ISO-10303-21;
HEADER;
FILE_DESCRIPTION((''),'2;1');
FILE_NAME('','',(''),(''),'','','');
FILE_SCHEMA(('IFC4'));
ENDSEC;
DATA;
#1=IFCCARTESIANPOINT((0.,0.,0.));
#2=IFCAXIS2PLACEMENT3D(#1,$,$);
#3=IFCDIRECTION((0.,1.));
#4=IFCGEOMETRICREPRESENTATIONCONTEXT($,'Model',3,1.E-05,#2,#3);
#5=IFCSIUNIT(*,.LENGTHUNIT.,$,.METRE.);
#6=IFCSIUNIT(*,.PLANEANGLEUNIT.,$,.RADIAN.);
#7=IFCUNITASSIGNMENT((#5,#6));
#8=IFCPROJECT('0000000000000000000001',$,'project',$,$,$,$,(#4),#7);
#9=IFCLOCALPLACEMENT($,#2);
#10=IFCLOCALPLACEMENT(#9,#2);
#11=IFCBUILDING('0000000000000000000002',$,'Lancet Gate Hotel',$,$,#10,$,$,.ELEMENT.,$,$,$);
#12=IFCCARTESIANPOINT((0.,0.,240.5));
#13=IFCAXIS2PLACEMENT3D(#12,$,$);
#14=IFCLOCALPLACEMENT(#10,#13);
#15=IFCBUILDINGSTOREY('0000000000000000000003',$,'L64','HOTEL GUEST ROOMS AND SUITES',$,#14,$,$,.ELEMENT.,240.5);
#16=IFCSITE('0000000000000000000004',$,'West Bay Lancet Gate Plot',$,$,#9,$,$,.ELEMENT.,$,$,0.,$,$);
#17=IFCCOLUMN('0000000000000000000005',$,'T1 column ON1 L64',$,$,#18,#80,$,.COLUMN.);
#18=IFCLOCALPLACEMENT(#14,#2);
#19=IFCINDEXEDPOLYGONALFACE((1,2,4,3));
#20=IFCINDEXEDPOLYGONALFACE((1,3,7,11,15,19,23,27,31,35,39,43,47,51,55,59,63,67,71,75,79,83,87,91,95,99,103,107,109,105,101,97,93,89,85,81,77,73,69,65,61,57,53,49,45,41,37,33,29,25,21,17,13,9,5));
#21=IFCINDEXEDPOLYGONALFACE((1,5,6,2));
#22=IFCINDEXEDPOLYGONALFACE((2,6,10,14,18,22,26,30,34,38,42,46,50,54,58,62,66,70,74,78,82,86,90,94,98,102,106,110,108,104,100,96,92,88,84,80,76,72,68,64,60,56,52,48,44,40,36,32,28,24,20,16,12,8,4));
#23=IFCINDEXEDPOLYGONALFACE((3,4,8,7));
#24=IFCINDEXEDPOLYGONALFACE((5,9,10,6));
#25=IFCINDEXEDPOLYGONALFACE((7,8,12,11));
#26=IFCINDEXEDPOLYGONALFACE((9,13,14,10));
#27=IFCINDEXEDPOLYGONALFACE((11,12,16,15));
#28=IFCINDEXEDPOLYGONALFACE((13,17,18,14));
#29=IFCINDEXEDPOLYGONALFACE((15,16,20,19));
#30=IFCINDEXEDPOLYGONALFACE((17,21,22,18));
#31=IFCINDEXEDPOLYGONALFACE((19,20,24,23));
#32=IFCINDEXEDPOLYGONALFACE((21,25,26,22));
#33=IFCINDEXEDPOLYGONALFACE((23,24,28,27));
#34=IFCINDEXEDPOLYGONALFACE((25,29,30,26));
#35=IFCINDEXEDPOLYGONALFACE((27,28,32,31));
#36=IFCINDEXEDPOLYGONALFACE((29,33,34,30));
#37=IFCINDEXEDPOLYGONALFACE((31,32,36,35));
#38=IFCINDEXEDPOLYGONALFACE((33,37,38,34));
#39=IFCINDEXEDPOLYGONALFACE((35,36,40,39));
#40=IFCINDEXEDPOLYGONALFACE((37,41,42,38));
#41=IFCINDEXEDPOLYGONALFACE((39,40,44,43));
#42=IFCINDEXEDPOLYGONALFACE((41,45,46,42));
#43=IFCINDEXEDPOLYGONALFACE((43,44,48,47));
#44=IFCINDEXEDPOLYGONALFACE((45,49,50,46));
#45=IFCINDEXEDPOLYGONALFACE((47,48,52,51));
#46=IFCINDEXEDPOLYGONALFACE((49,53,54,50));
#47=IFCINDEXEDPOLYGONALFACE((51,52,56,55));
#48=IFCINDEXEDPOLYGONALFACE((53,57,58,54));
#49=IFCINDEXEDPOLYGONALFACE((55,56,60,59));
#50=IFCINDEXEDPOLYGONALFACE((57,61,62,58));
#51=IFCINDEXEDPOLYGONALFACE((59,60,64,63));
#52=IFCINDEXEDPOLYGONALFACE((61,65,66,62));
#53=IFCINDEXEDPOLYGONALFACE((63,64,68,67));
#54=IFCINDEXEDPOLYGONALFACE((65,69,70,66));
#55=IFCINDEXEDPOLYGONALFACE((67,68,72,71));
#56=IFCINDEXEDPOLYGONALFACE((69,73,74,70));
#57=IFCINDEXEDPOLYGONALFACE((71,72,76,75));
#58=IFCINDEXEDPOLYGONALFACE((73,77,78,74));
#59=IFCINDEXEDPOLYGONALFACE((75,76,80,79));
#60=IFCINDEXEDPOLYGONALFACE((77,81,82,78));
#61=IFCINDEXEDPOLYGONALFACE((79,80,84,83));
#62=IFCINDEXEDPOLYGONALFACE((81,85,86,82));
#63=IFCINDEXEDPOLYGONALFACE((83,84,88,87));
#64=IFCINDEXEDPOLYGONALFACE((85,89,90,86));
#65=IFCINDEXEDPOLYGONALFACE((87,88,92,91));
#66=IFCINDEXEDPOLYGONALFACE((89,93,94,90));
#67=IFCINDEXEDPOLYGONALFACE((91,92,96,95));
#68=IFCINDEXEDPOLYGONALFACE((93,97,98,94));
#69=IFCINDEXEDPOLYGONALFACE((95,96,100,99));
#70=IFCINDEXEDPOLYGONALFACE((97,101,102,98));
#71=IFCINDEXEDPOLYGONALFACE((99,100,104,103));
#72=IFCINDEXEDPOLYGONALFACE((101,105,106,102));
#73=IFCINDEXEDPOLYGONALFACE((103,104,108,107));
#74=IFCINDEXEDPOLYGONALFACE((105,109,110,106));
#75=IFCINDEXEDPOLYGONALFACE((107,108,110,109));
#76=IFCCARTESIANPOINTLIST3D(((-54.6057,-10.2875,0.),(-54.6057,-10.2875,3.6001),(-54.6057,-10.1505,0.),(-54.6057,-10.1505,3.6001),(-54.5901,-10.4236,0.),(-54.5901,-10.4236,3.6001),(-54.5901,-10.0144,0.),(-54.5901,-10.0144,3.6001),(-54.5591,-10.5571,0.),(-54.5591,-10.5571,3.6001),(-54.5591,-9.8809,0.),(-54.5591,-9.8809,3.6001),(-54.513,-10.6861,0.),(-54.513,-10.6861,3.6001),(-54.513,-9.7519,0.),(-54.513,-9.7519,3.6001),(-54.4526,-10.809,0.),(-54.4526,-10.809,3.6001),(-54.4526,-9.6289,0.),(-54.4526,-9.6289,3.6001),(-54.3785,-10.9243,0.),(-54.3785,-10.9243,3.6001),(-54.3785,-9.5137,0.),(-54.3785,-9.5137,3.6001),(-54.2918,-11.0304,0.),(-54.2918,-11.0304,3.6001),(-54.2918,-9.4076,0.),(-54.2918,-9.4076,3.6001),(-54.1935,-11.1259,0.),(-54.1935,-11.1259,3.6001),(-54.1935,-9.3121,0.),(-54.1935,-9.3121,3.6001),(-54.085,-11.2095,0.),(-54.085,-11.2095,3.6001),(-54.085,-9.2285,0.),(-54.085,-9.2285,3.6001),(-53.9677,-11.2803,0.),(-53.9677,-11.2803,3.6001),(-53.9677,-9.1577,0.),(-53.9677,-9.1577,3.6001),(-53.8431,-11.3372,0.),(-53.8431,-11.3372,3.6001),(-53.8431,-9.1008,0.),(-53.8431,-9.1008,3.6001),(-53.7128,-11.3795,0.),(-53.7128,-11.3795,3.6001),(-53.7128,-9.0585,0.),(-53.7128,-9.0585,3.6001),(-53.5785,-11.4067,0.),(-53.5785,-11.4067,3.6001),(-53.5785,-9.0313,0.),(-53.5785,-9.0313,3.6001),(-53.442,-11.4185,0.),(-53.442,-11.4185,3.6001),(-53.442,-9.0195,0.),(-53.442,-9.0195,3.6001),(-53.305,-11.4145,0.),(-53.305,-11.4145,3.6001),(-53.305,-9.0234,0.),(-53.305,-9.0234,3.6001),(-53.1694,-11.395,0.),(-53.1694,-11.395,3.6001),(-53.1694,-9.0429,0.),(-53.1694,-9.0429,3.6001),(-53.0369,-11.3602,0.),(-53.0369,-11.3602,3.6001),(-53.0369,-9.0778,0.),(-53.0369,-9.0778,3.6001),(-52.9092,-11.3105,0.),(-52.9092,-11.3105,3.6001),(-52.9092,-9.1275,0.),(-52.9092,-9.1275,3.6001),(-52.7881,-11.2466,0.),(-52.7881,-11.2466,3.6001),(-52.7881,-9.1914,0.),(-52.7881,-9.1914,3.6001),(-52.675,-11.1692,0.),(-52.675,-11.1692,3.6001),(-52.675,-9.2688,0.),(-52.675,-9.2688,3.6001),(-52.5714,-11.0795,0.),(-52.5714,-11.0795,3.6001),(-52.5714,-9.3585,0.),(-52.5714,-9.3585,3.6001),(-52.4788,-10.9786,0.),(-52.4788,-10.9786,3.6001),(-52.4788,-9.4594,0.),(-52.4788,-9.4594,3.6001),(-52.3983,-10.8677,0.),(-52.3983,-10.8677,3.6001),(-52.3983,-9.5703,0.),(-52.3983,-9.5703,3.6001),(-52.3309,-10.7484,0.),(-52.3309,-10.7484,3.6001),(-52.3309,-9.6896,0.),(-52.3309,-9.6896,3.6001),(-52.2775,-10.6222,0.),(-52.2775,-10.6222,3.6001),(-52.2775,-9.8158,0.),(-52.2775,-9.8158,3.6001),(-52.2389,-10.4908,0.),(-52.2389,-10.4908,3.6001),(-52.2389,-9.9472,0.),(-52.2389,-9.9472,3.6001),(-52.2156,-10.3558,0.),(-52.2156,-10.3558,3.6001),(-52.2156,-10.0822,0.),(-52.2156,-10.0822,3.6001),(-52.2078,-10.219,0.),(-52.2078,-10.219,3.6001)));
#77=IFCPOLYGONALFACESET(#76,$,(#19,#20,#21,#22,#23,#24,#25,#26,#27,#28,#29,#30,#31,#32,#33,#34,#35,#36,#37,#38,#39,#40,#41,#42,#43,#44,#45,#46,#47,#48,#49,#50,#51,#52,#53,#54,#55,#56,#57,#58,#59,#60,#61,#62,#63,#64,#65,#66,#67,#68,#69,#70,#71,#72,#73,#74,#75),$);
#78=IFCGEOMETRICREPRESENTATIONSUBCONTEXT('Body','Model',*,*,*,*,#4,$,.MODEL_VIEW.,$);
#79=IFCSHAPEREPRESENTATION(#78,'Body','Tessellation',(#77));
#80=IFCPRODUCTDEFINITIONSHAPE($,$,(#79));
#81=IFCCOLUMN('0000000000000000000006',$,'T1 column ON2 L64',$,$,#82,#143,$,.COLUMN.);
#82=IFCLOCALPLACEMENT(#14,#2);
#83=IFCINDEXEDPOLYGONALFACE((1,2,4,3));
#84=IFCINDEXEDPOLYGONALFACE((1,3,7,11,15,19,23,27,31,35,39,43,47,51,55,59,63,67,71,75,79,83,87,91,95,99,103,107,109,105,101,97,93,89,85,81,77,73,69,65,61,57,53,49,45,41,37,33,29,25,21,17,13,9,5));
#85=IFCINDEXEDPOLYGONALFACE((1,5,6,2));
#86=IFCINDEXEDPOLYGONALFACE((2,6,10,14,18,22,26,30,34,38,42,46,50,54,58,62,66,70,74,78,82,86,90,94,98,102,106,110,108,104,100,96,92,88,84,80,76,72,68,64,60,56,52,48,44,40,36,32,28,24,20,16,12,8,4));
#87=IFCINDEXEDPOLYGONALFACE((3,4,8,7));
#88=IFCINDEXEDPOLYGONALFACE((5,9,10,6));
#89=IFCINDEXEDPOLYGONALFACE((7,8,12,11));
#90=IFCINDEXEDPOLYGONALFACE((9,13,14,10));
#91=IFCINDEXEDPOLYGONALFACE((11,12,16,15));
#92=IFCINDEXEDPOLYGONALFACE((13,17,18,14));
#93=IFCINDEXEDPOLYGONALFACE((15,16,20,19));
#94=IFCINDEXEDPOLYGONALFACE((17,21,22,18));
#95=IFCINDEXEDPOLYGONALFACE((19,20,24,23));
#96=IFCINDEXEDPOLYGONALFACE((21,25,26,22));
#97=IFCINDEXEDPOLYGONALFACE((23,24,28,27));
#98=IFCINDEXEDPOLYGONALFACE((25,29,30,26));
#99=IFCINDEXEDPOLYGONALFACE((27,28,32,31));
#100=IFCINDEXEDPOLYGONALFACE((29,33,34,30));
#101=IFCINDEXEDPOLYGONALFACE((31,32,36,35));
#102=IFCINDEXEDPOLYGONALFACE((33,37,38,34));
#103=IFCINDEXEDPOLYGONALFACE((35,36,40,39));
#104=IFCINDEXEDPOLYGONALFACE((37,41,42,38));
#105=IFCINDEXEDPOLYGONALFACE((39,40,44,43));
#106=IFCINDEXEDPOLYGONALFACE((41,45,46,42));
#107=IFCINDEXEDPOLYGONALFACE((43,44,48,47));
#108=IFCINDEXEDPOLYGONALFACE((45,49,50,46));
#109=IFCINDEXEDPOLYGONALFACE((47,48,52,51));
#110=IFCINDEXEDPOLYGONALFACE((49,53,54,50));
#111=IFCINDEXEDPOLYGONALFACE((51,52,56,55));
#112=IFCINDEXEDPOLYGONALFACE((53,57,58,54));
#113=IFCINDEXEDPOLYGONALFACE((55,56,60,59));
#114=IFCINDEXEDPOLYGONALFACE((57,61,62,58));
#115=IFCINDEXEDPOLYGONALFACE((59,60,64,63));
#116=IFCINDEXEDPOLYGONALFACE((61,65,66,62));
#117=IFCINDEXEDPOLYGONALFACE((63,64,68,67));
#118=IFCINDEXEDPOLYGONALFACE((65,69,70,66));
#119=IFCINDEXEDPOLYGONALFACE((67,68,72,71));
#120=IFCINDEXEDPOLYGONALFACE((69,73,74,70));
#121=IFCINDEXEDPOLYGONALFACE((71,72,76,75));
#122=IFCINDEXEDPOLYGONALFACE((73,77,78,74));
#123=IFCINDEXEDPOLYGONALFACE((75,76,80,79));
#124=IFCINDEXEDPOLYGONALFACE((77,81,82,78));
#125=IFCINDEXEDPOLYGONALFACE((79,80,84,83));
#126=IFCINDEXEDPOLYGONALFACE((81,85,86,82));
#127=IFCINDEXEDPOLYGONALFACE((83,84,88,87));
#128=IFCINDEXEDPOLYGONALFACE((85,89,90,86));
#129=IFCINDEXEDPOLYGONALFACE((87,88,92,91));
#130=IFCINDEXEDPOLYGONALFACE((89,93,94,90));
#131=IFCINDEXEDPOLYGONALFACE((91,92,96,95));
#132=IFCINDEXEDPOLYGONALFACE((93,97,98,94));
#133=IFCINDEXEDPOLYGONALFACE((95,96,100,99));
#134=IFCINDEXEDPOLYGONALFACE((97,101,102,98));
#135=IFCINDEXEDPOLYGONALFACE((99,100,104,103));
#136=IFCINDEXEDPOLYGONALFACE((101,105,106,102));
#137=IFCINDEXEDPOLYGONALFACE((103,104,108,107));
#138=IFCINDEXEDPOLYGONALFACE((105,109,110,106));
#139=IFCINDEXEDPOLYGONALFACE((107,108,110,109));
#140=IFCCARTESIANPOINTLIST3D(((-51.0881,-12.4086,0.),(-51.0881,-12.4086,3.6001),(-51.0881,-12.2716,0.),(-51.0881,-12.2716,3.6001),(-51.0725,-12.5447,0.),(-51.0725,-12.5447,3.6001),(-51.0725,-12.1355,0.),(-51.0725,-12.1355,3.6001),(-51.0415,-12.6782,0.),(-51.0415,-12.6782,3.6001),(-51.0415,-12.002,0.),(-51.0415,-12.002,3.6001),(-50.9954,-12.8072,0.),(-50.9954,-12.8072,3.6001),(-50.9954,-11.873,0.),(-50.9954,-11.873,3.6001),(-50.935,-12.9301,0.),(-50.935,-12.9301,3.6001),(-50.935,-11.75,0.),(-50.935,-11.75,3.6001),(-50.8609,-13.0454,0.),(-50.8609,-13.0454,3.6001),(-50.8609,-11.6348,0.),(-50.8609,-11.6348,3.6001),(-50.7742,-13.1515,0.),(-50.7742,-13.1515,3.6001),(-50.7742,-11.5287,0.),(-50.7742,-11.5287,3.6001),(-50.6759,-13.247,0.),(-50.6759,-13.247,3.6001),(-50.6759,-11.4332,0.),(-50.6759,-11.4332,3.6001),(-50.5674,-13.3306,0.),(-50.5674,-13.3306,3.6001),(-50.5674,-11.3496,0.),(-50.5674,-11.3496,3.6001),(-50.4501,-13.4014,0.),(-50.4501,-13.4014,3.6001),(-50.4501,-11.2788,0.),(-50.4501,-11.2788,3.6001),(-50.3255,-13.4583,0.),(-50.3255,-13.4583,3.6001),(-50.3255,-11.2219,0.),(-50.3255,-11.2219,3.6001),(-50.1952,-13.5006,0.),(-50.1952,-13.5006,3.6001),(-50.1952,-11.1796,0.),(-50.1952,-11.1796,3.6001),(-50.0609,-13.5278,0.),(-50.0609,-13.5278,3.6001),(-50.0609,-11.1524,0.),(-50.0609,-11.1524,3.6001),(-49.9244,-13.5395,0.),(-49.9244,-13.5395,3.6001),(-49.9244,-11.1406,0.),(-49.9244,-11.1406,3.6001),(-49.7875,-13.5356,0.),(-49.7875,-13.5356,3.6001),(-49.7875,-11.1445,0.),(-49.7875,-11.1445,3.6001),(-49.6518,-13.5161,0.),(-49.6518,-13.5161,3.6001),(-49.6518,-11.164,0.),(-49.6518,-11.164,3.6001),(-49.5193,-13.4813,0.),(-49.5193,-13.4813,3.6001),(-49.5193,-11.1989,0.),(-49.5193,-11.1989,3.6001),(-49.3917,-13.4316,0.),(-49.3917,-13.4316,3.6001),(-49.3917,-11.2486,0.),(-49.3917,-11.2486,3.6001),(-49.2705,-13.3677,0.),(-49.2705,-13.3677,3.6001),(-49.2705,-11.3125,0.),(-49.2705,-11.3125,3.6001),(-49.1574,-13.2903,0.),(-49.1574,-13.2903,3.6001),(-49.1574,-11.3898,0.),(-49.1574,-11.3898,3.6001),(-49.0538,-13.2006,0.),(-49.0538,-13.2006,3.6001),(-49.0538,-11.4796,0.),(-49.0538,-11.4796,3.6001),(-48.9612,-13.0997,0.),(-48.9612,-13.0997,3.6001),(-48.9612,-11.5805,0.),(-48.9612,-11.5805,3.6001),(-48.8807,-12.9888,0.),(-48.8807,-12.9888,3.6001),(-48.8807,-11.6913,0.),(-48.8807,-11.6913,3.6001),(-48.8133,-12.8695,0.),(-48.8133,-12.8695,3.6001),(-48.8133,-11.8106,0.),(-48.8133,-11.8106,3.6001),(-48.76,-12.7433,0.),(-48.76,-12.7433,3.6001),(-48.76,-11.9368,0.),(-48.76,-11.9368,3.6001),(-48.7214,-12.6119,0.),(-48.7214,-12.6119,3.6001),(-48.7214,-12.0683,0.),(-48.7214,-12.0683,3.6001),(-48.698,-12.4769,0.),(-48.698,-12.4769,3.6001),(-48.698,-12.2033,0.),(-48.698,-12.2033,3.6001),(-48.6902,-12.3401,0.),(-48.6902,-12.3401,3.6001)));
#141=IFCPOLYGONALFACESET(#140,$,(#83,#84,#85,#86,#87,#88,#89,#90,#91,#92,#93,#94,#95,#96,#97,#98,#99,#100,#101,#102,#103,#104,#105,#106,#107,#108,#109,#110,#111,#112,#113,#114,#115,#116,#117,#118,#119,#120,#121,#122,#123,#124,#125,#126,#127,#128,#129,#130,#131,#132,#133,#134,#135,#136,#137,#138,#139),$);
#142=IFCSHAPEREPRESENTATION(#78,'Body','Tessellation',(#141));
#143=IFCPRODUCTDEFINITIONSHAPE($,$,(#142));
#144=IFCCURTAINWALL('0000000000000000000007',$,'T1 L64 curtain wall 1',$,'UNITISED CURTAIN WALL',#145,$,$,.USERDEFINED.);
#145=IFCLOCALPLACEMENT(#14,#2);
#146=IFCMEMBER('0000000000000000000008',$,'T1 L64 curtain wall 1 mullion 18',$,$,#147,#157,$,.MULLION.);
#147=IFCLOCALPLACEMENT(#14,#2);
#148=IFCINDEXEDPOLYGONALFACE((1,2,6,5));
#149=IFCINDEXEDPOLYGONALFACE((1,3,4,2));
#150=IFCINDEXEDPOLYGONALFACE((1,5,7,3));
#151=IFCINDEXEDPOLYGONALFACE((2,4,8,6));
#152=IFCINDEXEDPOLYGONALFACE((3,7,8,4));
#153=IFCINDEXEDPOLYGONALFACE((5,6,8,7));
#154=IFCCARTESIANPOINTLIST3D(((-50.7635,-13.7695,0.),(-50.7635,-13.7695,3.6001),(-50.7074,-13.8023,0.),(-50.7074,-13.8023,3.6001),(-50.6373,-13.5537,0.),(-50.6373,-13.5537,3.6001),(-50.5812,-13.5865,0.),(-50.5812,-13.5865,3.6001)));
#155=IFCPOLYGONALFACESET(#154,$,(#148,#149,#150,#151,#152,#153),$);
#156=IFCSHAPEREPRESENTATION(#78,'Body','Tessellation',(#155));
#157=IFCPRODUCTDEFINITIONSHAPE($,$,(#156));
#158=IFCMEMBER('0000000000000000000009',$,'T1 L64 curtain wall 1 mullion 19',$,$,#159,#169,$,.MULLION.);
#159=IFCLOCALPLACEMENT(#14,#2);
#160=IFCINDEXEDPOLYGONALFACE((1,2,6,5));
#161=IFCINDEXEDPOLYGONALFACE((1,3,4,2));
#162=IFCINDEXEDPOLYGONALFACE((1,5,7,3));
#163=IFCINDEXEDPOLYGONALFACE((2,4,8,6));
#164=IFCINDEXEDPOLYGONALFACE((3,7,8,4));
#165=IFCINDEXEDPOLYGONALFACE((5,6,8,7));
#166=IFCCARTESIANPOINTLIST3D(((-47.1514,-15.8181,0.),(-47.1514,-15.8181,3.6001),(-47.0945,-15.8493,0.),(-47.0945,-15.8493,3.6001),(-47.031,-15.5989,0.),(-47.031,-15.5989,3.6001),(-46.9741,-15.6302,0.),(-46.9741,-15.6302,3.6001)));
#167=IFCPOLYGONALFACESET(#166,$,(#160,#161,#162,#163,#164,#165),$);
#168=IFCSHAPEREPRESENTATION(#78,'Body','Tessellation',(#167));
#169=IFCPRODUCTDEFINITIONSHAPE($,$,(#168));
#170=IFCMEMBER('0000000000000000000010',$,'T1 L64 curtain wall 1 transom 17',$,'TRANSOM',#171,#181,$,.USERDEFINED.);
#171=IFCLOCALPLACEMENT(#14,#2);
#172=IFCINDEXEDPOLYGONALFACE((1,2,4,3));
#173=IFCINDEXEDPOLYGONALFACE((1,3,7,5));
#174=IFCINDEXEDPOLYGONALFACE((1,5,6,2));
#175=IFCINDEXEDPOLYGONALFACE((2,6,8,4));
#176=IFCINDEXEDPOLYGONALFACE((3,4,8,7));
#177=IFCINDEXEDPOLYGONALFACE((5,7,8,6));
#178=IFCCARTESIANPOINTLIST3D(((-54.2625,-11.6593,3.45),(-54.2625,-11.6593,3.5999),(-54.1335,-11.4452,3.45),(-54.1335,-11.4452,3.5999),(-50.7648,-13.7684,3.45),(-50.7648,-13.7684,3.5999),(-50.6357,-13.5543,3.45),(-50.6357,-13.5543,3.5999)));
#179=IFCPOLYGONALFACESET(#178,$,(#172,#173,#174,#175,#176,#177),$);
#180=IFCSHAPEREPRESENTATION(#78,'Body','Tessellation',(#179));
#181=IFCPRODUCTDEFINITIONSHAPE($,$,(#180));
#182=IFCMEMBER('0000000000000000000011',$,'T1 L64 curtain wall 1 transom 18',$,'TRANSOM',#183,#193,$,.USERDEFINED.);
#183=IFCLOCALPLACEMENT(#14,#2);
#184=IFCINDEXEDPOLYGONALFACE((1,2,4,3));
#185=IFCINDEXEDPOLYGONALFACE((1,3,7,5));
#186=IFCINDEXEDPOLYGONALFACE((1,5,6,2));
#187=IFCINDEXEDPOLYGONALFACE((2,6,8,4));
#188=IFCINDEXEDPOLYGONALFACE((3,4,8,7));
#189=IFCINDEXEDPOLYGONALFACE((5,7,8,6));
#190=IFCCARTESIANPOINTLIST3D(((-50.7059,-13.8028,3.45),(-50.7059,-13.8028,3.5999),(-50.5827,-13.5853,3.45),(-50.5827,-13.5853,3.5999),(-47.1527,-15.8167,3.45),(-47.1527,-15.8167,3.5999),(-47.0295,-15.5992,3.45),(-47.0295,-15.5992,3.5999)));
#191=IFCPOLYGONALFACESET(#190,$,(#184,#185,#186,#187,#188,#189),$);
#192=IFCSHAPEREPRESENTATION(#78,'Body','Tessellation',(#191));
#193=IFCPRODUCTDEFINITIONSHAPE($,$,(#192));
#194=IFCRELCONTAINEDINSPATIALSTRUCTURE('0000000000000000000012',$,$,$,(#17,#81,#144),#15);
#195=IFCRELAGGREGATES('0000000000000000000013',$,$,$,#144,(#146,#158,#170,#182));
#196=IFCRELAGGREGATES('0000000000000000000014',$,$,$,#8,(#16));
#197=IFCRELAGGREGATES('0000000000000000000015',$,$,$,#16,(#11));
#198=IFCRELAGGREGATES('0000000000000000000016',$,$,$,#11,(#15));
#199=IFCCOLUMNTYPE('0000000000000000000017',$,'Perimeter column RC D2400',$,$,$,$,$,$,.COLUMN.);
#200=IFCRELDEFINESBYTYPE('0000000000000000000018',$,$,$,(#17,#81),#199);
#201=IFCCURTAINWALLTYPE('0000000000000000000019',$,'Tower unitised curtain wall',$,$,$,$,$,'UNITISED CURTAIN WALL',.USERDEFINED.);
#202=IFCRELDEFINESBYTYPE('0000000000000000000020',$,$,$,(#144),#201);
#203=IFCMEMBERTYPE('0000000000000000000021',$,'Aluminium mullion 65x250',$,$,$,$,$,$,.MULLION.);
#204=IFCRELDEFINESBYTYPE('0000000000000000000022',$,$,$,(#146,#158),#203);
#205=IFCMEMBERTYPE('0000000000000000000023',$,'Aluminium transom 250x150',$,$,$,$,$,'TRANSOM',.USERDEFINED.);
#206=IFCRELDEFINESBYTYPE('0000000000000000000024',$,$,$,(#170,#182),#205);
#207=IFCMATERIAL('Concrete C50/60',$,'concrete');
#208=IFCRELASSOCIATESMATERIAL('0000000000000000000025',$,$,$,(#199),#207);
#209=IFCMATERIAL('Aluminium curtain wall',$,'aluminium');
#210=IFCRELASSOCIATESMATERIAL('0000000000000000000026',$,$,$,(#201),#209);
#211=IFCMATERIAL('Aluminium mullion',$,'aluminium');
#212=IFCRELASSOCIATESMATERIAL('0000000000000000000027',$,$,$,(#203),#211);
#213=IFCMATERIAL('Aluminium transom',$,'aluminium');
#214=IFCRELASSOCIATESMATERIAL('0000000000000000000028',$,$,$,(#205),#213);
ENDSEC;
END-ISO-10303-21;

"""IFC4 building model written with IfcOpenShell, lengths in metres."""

from ifc_helpers import new_model, si_unit, direction, frame, origin, origin_2d, place, context, subcontext, project, spatial, rectangle, circle, extrude, material, material_profile, profile_set, type_object, element, aggregate, save


model = new_model("IFC4")

# Units and contexts
model_context = context("Model", 3, precision=1e-05, world=origin(), true_north=direction((0.0, 1.0)))
body_context = subcontext(model_context, "Body", "Model", "MODEL_VIEW")
ifc_project = project(units=[si_unit("LENGTHUNIT", "METRE"), si_unit("PLANEANGLEUNIT", "RADIAN")], contexts=[model_context])

# Site, building, storey
site_placement = place(None, origin())
site = spatial("IfcSite", under=ifc_project, at=site_placement, Name="West Bay Lancet Gate Plot", CompositionType="ELEMENT", RefElevation=0.0)
building_placement = place(site_placement, origin())
building = spatial("IfcBuilding", under=site, at=building_placement, Name="Lancet Gate Hotel", CompositionType="ELEMENT")
storey_placement = place(building_placement, frame((0.0, 0.0, 240.5)))
storey = spatial("IfcBuildingStorey", under=building, at=storey_placement, Name="L64", Description="HOTEL GUEST ROOMS AND SUITES", CompositionType="ELEMENT", Elevation=240.5)

# Columns
ifc_material_1 = material(Name="Concrete C50/60", Category="concrete")
ifc_material_profile_1 = material_profile(ifc_material_1, circle(Radius=1.2, at=origin_2d()), Name="RC D2400")
ifc_profile_set_1 = profile_set([ifc_material_profile_1], Name="Concrete C50/60")
column_type = type_object("IfcColumnType", Name="Perimeter column RC D2400", PredefinedType="COLUMN", material=ifc_profile_set_1)
for number, where, z_axis, x_axis, name in (
    (1, (-53.4077, -10.219, 0.0), (0.0, 0.0, 1.0), (1.0, 0.0, 0.0), "T1 column ON1 L64"),
    (2, (-49.8901, -12.3401, 0.0), (0.0, 0.0, 1.0), (1.0, 0.0, 0.0), "T1 column ON2 L64"),
):
    element("IfcColumn", number, at=place(storey_placement, frame(where, z_axis=z_axis, x_axis=x_axis)), inside=storey, type_object=column_type, Name=name, PredefinedType="COLUMN", context=body_context, shape_type="SweptSolid", body=[
        extrude(circle(Radius=1.2, at=origin_2d()), origin(), (0.0, 0.0, 1.0), 3.6001),
    ])

# Curtain wall, members
ifc_material_2 = material(Name="Aluminium curtain wall", Category="aluminium")
curtain_wall_type = type_object("IfcCurtainWallType", Name="Tower unitised curtain wall", ElementType="UNITISED CURTAIN WALL", PredefinedType="USERDEFINED", material=ifc_material_2)
curtain_wall_placement = place(storey_placement, origin())
curtain_wall = element("IfcCurtainWall", 3, at=curtain_wall_placement, inside=storey, type_object=curtain_wall_type, Name="T1 L64 curtain wall 1", ObjectType="UNITISED CURTAIN WALL", PredefinedType="USERDEFINED")
ifc_material_3 = material(Name="Aluminium mullion", Category="aluminium")
ifc_material_profile_2 = material_profile(ifc_material_3, rectangle(XDim=0.0649, YDim=0.25, at=origin_2d()), Name="MULLION 65x250")
ifc_profile_set_2 = profile_set([ifc_material_profile_2], Name="Aluminium mullion")
member_type_1 = type_object("IfcMemberType", Name="Aluminium mullion 65x250", PredefinedType="MULLION", material=ifc_profile_set_2)
member_1_placement = place(storey_placement, frame((-50.6724, -13.678, 0.0), z_axis=(0.0, 0.0, 1.0), x_axis=(0.863242, -0.50479, 0.0)))
member_1 = element("IfcMember", 4, at=member_1_placement, type_object=member_type_1, Name="T1 L64 curtain wall 1 mullion 18", PredefinedType="MULLION", context=body_context, shape_type="SweptSolid", body=[
    extrude(rectangle(XDim=0.0649, YDim=0.25, at=origin_2d()), origin(), (0.0, 0.0, 1.0), 3.6001),
])
member_2_placement = place(storey_placement, frame((-47.0627, -15.7241, 0.0), z_axis=(0.0, 0.0, 1.0), x_axis=(0.876516, -0.481372, 0.0)))
member_2 = element("IfcMember", 5, at=member_2_placement, type_object=member_type_1, Name="T1 L64 curtain wall 1 mullion 19", PredefinedType="MULLION", context=body_context, shape_type="SweptSolid", body=[
    extrude(rectangle(XDim=0.0649, YDim=0.25, at=origin_2d()), origin(), (0.0, 0.0, 1.0), 3.6001),
])
ifc_material_4 = material(Name="Aluminium transom", Category="aluminium")
ifc_material_profile_3 = material_profile(ifc_material_4, rectangle(XDim=0.25, YDim=0.1499, at=origin_2d()), Name="TRANSOM 250x150")
ifc_profile_set_3 = profile_set([ifc_material_profile_3], Name="Aluminium transom")
member_type_2 = type_object("IfcMemberType", Name="Aluminium transom 250x150", ElementType="TRANSOM", PredefinedType="USERDEFINED", material=ifc_profile_set_3)
member_3_placement = place(storey_placement, frame((-54.198, -11.5522, 3.5249), z_axis=(0.856362, -0.516376, 0.0), x_axis=(0.516376, 0.856362, 0.0)))
member_3 = element("IfcMember", 6, at=member_3_placement, type_object=member_type_2, Name="T1 L64 curtain wall 1 transom 17", ObjectType="TRANSOM", PredefinedType="USERDEFINED", context=body_context, shape_type="SweptSolid", body=[
    extrude(rectangle(XDim=0.25, YDim=0.1499, at=origin_2d()), origin(), (0.0, 0.0, 1.0), 4.0845),
])
member_4_placement = place(storey_placement, frame((-50.6443, -13.6941, 3.5249), z_axis=(0.869978, -0.493091, 0.0), x_axis=(0.493091, 0.869978, 0.0)))
member_4 = element("IfcMember", 7, at=member_4_placement, type_object=member_type_2, Name="T1 L64 curtain wall 1 transom 18", ObjectType="TRANSOM", PredefinedType="USERDEFINED", context=body_context, shape_type="SweptSolid", body=[
    extrude(rectangle(XDim=0.25, YDim=0.1499, at=origin_2d()), origin(), (0.0, 0.0, 1.0), 4.0842),
])

aggregate(curtain_wall, [member_1, member_2, member_3, member_4])

save(model, "model.ifc")
